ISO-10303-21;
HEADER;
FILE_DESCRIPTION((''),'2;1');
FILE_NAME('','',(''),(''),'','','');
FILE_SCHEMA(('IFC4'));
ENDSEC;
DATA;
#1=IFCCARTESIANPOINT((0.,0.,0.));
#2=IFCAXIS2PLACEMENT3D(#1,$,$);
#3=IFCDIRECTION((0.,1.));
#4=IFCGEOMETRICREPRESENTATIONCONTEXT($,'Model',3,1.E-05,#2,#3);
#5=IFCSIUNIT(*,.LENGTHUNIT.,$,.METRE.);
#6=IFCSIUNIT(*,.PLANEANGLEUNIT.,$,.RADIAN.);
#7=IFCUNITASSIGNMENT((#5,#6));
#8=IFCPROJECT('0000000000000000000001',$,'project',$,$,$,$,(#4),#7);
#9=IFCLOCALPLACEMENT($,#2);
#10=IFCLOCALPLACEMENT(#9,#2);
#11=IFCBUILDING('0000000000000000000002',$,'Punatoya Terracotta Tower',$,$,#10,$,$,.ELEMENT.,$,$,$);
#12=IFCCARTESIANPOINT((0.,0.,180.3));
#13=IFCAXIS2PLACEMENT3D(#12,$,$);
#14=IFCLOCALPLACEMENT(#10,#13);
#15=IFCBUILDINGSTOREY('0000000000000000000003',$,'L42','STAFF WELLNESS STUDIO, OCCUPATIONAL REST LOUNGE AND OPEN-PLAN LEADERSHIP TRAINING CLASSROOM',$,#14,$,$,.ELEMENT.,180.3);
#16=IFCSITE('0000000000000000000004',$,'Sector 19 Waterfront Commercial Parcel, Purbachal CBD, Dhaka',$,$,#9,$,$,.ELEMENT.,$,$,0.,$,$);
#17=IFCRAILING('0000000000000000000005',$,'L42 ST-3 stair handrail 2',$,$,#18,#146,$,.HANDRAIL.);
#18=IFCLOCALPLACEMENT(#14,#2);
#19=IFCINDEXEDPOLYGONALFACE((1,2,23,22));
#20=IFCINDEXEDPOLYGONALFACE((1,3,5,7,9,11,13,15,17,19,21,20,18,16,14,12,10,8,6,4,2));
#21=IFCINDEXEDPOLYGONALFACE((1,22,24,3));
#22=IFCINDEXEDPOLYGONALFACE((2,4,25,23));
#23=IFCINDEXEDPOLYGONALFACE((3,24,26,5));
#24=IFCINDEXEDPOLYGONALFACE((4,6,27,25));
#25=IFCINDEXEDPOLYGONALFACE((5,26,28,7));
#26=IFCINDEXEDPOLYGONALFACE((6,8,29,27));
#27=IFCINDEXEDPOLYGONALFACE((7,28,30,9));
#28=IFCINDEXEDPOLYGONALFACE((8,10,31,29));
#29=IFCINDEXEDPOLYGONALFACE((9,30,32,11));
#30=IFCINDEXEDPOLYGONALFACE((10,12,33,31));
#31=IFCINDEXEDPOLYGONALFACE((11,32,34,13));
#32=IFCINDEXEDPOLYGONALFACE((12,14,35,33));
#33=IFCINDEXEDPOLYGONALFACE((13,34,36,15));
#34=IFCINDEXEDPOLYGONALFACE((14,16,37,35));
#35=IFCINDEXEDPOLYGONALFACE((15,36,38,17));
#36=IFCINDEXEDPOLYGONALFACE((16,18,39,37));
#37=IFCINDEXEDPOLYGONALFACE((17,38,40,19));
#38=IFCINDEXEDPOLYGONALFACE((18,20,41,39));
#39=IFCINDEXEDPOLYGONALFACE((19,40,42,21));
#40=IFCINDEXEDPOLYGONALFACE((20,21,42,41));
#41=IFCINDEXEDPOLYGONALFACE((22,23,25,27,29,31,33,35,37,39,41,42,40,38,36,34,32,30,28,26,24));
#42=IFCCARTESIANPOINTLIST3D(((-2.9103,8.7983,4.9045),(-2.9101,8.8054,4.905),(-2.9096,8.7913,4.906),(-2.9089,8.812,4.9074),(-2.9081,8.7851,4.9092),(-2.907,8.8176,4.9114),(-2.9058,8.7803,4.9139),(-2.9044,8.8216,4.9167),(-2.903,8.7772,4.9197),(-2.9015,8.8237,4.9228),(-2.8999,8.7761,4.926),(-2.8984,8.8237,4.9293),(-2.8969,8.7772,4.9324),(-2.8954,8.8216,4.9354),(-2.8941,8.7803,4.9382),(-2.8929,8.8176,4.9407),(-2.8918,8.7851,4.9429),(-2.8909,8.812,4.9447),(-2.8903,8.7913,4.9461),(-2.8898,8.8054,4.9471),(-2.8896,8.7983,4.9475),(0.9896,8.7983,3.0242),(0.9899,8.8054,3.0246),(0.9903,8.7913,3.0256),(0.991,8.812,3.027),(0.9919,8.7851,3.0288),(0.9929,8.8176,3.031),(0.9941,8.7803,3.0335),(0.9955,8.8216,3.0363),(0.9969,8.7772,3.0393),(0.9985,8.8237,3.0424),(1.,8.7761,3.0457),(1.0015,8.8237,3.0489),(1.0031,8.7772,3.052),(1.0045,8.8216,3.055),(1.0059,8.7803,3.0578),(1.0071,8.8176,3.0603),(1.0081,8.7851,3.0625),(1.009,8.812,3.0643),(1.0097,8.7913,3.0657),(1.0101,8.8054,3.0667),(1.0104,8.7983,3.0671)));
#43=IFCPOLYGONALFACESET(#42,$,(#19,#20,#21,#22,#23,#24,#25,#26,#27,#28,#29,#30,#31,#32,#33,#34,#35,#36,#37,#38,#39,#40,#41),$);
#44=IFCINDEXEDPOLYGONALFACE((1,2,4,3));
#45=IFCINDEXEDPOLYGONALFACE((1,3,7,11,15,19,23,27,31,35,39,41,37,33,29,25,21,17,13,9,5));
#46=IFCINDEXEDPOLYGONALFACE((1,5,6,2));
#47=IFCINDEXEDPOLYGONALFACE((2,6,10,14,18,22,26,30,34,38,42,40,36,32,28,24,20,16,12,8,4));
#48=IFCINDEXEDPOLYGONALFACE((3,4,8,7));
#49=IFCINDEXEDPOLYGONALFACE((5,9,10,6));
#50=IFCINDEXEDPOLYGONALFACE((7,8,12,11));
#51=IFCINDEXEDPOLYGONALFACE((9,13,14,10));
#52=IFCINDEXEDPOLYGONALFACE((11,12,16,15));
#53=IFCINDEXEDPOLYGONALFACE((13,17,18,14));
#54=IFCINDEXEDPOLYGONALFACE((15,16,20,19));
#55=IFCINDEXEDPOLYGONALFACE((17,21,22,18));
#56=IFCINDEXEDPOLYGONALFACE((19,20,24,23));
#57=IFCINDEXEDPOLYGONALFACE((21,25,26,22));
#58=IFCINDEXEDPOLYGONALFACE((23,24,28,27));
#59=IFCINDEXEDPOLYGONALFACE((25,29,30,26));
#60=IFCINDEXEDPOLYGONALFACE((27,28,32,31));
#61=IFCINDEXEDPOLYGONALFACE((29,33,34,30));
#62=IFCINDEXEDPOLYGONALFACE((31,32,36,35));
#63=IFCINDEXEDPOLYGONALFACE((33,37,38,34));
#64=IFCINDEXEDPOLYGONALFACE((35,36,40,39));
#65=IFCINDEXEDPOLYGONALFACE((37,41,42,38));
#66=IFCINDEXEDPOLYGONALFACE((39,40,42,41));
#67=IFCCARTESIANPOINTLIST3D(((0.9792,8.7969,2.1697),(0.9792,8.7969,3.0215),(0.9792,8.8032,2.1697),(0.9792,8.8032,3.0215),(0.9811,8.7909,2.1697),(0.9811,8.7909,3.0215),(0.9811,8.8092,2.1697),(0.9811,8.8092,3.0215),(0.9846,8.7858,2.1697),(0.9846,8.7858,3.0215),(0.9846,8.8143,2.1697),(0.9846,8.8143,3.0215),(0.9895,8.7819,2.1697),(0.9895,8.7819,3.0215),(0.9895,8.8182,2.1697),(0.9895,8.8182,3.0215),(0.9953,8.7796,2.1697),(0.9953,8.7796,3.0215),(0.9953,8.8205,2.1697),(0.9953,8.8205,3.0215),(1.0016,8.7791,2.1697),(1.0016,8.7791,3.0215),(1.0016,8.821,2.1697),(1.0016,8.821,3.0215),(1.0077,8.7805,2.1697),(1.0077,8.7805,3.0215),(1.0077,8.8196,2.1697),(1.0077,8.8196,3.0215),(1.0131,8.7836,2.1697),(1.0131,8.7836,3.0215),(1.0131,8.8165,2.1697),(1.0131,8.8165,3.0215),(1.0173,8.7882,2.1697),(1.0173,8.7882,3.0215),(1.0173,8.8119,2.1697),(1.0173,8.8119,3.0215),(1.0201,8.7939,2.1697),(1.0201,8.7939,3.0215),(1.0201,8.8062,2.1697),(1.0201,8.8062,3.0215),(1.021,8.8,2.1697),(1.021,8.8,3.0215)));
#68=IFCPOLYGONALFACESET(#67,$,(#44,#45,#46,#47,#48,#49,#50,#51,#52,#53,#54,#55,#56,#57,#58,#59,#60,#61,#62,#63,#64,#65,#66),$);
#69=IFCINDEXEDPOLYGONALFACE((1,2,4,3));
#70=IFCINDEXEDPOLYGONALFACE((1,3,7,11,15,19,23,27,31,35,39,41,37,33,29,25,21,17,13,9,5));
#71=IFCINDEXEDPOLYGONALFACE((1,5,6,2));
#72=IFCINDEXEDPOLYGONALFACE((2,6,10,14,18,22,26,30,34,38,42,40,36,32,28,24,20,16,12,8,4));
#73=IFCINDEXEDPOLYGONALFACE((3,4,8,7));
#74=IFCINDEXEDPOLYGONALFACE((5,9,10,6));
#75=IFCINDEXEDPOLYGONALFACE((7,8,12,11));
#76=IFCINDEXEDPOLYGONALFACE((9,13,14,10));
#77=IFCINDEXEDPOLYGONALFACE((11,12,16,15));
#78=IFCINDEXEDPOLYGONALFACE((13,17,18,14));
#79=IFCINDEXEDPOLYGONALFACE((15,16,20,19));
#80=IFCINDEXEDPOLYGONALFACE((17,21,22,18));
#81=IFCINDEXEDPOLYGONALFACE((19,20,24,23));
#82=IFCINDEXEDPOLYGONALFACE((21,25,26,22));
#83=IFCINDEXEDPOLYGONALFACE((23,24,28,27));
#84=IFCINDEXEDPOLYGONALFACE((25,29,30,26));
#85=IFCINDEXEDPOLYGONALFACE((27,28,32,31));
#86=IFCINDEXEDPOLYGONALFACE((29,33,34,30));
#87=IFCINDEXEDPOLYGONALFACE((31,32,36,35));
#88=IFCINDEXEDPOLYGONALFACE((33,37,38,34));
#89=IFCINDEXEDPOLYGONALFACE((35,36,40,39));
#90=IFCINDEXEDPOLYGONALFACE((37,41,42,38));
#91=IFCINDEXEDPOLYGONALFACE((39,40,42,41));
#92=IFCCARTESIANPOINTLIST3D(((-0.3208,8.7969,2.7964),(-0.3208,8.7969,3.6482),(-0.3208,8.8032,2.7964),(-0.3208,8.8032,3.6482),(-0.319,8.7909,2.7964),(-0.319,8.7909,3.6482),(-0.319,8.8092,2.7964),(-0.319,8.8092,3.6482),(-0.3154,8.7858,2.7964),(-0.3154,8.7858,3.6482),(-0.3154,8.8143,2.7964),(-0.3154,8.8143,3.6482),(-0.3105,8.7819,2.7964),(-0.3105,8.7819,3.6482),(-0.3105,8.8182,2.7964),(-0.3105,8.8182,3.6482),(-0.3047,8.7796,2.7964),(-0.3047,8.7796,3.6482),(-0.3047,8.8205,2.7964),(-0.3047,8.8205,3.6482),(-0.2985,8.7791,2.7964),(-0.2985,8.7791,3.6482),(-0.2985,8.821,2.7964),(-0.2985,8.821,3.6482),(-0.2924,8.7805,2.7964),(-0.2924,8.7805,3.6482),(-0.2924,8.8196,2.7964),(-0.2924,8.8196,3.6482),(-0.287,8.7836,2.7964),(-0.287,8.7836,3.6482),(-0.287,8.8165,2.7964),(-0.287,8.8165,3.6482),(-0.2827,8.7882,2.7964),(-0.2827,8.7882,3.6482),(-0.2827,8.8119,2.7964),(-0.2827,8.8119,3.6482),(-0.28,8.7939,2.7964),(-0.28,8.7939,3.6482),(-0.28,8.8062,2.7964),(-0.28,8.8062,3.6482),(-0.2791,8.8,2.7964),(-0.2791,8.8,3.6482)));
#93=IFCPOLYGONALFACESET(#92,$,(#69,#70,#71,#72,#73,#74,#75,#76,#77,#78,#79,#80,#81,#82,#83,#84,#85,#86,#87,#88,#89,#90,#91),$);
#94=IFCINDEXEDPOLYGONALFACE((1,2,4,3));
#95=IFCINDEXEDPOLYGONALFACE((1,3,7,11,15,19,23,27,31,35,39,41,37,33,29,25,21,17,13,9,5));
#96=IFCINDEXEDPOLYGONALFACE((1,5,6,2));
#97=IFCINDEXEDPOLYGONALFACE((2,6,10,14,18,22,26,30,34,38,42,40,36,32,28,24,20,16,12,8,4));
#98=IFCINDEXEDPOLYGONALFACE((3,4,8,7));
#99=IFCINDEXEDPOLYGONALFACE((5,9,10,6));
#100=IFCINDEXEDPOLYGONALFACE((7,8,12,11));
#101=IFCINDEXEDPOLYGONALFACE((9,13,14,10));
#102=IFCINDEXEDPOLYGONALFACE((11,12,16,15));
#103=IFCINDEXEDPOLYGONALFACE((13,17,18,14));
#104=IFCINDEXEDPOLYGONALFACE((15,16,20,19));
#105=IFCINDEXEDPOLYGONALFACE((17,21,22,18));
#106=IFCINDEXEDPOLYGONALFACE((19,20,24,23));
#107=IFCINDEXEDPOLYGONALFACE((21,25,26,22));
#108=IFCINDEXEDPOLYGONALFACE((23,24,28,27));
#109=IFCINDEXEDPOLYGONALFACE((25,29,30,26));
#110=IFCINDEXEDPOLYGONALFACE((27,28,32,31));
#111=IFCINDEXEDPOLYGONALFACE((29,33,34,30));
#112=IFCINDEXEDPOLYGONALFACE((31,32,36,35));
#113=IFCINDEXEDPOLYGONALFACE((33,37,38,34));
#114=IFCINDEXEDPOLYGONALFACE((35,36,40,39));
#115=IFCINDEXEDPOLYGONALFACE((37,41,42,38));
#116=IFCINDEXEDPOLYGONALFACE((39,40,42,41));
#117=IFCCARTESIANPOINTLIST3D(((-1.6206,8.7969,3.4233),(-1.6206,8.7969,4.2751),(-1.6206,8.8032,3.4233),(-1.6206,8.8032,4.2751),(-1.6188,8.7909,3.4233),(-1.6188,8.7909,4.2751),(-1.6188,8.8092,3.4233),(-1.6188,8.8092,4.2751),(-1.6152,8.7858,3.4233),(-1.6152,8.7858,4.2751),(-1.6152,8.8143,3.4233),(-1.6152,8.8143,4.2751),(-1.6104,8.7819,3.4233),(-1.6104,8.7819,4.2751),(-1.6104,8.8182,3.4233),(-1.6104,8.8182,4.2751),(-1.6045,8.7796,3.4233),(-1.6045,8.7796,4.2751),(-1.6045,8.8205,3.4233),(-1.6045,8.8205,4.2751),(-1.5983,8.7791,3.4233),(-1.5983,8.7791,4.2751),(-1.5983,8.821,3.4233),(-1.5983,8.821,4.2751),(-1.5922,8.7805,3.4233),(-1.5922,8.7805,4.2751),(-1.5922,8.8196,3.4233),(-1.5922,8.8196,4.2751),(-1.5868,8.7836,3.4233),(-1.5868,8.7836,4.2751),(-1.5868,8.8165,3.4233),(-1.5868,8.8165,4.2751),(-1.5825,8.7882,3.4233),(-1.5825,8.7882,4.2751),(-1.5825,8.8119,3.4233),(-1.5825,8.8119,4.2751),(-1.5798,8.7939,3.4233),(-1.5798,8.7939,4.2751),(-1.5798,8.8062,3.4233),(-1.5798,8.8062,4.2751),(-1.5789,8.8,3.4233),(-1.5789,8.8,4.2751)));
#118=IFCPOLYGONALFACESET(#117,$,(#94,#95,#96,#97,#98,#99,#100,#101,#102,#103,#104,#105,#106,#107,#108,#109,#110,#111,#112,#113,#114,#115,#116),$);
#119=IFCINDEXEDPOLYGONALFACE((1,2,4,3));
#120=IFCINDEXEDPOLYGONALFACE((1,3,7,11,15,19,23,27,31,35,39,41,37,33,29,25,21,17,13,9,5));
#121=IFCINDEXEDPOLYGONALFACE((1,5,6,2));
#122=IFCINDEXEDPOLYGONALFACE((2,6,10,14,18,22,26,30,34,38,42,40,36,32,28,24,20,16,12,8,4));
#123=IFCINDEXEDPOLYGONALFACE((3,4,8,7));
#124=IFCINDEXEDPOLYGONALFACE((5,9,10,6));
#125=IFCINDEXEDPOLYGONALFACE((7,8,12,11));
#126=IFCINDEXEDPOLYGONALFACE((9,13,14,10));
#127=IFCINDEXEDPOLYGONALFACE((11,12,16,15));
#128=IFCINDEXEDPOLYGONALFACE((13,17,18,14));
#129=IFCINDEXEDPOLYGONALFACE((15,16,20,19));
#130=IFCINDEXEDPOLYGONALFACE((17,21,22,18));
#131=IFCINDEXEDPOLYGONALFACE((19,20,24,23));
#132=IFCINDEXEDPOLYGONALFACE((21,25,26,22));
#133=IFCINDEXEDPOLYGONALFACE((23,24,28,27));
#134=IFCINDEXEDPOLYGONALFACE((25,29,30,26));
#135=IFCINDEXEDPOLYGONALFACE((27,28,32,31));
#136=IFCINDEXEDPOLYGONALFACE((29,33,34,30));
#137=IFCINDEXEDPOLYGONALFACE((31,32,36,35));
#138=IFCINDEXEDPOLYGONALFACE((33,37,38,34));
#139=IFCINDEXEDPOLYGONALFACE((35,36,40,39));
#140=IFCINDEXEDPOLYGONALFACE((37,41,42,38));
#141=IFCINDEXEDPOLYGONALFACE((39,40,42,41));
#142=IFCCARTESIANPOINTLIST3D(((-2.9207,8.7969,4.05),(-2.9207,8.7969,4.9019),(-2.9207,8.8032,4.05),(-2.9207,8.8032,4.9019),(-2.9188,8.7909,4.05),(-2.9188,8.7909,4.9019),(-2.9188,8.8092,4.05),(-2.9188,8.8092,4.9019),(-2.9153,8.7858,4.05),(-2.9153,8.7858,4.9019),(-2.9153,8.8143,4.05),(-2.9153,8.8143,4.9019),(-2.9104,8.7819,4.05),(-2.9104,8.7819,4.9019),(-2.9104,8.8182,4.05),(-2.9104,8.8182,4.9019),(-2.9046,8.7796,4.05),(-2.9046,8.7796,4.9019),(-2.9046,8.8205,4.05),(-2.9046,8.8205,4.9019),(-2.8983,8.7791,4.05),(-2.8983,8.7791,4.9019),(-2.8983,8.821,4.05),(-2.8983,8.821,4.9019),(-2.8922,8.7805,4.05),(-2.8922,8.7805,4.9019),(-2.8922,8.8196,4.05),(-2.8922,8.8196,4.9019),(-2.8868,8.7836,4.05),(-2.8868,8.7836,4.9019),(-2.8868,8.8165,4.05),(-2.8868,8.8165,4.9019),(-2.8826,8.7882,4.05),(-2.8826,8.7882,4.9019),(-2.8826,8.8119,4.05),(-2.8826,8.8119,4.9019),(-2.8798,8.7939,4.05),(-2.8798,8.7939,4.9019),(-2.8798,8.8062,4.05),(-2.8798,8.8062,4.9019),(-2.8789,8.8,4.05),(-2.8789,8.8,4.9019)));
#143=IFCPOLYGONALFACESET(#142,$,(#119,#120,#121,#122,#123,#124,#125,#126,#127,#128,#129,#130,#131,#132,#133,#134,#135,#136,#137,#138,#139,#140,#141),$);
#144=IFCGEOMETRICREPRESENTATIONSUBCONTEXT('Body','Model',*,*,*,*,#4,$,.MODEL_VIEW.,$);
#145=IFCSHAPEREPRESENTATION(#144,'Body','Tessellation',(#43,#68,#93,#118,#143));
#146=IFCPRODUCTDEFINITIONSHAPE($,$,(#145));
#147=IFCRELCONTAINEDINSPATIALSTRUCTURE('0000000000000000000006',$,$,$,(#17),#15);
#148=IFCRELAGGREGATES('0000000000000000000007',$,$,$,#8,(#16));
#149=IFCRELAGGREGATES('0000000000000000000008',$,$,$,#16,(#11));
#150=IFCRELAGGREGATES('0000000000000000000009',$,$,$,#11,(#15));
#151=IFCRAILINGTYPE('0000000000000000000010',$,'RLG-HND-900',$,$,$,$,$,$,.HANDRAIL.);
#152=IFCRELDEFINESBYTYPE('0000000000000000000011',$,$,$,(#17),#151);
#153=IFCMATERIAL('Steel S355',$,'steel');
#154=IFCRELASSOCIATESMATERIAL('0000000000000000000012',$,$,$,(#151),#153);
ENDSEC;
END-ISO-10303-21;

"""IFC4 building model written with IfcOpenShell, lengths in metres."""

from ifc_helpers import new_model, si_unit, direction, frame, origin, origin_2d, place, context, subcontext, project, spatial, circle, extrude, material, type_object, element, save


model = new_model("IFC4")

# Units and contexts
model_context = context("Model", 3, precision=1e-05, world=origin(), true_north=direction((0.0, 1.0)))
body_context = subcontext(model_context, "Body", "Model", "MODEL_VIEW")
ifc_project = project(units=[si_unit("LENGTHUNIT", "METRE"), si_unit("PLANEANGLEUNIT", "RADIAN")], contexts=[model_context])

# Site, building, storey
site_placement = place(None, origin())
site = spatial("IfcSite", under=ifc_project, at=site_placement, Name="Sector 19 Waterfront Commercial Parcel, Purbachal CBD, Dhaka", CompositionType="ELEMENT", RefElevation=0.0)
building_placement = place(site_placement, origin())
building = spatial("IfcBuilding", under=site, at=building_placement, Name="Punatoya Terracotta Tower", CompositionType="ELEMENT")
storey_placement = place(building_placement, frame((0.0, 0.0, 180.3)))
storey = spatial("IfcBuildingStorey", under=building, at=storey_placement, Name="L42", Description="STAFF WELLNESS STUDIO, OCCUPATIONAL REST LOUNGE AND OPEN-PLAN LEADERSHIP TRAINING CLASSROOM", CompositionType="ELEMENT", Elevation=180.3)

# Shared definitions
ifc_material_1 = material(Name="Steel S355", Category="steel")

# Railing
railing_type_1 = type_object("IfcRailingType", Name="RLG-HND-900", PredefinedType="HANDRAIL", material=ifc_material_1)
railing_1_placement = place(storey_placement, frame((1.0, 8.8, 2.1697)))
element("IfcRailing", 1, at=railing_1_placement, inside=storey, type_object=railing_type_1, Name="L42 ST-3 stair handrail 2", PredefinedType="HANDRAIL", context=body_context, shape_type="SweptSolid", body=[
    extrude(circle(Radius=0.0239, at=origin_2d()), frame((0.0, 0.0, 0.876), z_axis=(-0.900763, 0.0, 0.434311), x_axis=(0.0, -1.0, 0.0)), (0.0, 0.0, 1.0), 4.3296),
    extrude(circle(Radius=0.021, at=origin_2d()), origin(), (0.0, 0.0, 1.0), 0.8518),
    extrude(circle(Radius=0.021, at=origin_2d()), frame((-1.3, 0.0, 0.6267)), (0.0, 0.0, 1.0), 0.8518),
    extrude(circle(Radius=0.021, at=origin_2d()), frame((-2.5999, 0.0, 1.2537)), (0.0, 0.0, 1.0), 0.8518),
    extrude(circle(Radius=0.021, at=origin_2d()), frame((-3.8999, 0.0, 1.8804)), (0.0, 0.0, 1.0), 0.8518),
])

save(model, "model.ifc")
